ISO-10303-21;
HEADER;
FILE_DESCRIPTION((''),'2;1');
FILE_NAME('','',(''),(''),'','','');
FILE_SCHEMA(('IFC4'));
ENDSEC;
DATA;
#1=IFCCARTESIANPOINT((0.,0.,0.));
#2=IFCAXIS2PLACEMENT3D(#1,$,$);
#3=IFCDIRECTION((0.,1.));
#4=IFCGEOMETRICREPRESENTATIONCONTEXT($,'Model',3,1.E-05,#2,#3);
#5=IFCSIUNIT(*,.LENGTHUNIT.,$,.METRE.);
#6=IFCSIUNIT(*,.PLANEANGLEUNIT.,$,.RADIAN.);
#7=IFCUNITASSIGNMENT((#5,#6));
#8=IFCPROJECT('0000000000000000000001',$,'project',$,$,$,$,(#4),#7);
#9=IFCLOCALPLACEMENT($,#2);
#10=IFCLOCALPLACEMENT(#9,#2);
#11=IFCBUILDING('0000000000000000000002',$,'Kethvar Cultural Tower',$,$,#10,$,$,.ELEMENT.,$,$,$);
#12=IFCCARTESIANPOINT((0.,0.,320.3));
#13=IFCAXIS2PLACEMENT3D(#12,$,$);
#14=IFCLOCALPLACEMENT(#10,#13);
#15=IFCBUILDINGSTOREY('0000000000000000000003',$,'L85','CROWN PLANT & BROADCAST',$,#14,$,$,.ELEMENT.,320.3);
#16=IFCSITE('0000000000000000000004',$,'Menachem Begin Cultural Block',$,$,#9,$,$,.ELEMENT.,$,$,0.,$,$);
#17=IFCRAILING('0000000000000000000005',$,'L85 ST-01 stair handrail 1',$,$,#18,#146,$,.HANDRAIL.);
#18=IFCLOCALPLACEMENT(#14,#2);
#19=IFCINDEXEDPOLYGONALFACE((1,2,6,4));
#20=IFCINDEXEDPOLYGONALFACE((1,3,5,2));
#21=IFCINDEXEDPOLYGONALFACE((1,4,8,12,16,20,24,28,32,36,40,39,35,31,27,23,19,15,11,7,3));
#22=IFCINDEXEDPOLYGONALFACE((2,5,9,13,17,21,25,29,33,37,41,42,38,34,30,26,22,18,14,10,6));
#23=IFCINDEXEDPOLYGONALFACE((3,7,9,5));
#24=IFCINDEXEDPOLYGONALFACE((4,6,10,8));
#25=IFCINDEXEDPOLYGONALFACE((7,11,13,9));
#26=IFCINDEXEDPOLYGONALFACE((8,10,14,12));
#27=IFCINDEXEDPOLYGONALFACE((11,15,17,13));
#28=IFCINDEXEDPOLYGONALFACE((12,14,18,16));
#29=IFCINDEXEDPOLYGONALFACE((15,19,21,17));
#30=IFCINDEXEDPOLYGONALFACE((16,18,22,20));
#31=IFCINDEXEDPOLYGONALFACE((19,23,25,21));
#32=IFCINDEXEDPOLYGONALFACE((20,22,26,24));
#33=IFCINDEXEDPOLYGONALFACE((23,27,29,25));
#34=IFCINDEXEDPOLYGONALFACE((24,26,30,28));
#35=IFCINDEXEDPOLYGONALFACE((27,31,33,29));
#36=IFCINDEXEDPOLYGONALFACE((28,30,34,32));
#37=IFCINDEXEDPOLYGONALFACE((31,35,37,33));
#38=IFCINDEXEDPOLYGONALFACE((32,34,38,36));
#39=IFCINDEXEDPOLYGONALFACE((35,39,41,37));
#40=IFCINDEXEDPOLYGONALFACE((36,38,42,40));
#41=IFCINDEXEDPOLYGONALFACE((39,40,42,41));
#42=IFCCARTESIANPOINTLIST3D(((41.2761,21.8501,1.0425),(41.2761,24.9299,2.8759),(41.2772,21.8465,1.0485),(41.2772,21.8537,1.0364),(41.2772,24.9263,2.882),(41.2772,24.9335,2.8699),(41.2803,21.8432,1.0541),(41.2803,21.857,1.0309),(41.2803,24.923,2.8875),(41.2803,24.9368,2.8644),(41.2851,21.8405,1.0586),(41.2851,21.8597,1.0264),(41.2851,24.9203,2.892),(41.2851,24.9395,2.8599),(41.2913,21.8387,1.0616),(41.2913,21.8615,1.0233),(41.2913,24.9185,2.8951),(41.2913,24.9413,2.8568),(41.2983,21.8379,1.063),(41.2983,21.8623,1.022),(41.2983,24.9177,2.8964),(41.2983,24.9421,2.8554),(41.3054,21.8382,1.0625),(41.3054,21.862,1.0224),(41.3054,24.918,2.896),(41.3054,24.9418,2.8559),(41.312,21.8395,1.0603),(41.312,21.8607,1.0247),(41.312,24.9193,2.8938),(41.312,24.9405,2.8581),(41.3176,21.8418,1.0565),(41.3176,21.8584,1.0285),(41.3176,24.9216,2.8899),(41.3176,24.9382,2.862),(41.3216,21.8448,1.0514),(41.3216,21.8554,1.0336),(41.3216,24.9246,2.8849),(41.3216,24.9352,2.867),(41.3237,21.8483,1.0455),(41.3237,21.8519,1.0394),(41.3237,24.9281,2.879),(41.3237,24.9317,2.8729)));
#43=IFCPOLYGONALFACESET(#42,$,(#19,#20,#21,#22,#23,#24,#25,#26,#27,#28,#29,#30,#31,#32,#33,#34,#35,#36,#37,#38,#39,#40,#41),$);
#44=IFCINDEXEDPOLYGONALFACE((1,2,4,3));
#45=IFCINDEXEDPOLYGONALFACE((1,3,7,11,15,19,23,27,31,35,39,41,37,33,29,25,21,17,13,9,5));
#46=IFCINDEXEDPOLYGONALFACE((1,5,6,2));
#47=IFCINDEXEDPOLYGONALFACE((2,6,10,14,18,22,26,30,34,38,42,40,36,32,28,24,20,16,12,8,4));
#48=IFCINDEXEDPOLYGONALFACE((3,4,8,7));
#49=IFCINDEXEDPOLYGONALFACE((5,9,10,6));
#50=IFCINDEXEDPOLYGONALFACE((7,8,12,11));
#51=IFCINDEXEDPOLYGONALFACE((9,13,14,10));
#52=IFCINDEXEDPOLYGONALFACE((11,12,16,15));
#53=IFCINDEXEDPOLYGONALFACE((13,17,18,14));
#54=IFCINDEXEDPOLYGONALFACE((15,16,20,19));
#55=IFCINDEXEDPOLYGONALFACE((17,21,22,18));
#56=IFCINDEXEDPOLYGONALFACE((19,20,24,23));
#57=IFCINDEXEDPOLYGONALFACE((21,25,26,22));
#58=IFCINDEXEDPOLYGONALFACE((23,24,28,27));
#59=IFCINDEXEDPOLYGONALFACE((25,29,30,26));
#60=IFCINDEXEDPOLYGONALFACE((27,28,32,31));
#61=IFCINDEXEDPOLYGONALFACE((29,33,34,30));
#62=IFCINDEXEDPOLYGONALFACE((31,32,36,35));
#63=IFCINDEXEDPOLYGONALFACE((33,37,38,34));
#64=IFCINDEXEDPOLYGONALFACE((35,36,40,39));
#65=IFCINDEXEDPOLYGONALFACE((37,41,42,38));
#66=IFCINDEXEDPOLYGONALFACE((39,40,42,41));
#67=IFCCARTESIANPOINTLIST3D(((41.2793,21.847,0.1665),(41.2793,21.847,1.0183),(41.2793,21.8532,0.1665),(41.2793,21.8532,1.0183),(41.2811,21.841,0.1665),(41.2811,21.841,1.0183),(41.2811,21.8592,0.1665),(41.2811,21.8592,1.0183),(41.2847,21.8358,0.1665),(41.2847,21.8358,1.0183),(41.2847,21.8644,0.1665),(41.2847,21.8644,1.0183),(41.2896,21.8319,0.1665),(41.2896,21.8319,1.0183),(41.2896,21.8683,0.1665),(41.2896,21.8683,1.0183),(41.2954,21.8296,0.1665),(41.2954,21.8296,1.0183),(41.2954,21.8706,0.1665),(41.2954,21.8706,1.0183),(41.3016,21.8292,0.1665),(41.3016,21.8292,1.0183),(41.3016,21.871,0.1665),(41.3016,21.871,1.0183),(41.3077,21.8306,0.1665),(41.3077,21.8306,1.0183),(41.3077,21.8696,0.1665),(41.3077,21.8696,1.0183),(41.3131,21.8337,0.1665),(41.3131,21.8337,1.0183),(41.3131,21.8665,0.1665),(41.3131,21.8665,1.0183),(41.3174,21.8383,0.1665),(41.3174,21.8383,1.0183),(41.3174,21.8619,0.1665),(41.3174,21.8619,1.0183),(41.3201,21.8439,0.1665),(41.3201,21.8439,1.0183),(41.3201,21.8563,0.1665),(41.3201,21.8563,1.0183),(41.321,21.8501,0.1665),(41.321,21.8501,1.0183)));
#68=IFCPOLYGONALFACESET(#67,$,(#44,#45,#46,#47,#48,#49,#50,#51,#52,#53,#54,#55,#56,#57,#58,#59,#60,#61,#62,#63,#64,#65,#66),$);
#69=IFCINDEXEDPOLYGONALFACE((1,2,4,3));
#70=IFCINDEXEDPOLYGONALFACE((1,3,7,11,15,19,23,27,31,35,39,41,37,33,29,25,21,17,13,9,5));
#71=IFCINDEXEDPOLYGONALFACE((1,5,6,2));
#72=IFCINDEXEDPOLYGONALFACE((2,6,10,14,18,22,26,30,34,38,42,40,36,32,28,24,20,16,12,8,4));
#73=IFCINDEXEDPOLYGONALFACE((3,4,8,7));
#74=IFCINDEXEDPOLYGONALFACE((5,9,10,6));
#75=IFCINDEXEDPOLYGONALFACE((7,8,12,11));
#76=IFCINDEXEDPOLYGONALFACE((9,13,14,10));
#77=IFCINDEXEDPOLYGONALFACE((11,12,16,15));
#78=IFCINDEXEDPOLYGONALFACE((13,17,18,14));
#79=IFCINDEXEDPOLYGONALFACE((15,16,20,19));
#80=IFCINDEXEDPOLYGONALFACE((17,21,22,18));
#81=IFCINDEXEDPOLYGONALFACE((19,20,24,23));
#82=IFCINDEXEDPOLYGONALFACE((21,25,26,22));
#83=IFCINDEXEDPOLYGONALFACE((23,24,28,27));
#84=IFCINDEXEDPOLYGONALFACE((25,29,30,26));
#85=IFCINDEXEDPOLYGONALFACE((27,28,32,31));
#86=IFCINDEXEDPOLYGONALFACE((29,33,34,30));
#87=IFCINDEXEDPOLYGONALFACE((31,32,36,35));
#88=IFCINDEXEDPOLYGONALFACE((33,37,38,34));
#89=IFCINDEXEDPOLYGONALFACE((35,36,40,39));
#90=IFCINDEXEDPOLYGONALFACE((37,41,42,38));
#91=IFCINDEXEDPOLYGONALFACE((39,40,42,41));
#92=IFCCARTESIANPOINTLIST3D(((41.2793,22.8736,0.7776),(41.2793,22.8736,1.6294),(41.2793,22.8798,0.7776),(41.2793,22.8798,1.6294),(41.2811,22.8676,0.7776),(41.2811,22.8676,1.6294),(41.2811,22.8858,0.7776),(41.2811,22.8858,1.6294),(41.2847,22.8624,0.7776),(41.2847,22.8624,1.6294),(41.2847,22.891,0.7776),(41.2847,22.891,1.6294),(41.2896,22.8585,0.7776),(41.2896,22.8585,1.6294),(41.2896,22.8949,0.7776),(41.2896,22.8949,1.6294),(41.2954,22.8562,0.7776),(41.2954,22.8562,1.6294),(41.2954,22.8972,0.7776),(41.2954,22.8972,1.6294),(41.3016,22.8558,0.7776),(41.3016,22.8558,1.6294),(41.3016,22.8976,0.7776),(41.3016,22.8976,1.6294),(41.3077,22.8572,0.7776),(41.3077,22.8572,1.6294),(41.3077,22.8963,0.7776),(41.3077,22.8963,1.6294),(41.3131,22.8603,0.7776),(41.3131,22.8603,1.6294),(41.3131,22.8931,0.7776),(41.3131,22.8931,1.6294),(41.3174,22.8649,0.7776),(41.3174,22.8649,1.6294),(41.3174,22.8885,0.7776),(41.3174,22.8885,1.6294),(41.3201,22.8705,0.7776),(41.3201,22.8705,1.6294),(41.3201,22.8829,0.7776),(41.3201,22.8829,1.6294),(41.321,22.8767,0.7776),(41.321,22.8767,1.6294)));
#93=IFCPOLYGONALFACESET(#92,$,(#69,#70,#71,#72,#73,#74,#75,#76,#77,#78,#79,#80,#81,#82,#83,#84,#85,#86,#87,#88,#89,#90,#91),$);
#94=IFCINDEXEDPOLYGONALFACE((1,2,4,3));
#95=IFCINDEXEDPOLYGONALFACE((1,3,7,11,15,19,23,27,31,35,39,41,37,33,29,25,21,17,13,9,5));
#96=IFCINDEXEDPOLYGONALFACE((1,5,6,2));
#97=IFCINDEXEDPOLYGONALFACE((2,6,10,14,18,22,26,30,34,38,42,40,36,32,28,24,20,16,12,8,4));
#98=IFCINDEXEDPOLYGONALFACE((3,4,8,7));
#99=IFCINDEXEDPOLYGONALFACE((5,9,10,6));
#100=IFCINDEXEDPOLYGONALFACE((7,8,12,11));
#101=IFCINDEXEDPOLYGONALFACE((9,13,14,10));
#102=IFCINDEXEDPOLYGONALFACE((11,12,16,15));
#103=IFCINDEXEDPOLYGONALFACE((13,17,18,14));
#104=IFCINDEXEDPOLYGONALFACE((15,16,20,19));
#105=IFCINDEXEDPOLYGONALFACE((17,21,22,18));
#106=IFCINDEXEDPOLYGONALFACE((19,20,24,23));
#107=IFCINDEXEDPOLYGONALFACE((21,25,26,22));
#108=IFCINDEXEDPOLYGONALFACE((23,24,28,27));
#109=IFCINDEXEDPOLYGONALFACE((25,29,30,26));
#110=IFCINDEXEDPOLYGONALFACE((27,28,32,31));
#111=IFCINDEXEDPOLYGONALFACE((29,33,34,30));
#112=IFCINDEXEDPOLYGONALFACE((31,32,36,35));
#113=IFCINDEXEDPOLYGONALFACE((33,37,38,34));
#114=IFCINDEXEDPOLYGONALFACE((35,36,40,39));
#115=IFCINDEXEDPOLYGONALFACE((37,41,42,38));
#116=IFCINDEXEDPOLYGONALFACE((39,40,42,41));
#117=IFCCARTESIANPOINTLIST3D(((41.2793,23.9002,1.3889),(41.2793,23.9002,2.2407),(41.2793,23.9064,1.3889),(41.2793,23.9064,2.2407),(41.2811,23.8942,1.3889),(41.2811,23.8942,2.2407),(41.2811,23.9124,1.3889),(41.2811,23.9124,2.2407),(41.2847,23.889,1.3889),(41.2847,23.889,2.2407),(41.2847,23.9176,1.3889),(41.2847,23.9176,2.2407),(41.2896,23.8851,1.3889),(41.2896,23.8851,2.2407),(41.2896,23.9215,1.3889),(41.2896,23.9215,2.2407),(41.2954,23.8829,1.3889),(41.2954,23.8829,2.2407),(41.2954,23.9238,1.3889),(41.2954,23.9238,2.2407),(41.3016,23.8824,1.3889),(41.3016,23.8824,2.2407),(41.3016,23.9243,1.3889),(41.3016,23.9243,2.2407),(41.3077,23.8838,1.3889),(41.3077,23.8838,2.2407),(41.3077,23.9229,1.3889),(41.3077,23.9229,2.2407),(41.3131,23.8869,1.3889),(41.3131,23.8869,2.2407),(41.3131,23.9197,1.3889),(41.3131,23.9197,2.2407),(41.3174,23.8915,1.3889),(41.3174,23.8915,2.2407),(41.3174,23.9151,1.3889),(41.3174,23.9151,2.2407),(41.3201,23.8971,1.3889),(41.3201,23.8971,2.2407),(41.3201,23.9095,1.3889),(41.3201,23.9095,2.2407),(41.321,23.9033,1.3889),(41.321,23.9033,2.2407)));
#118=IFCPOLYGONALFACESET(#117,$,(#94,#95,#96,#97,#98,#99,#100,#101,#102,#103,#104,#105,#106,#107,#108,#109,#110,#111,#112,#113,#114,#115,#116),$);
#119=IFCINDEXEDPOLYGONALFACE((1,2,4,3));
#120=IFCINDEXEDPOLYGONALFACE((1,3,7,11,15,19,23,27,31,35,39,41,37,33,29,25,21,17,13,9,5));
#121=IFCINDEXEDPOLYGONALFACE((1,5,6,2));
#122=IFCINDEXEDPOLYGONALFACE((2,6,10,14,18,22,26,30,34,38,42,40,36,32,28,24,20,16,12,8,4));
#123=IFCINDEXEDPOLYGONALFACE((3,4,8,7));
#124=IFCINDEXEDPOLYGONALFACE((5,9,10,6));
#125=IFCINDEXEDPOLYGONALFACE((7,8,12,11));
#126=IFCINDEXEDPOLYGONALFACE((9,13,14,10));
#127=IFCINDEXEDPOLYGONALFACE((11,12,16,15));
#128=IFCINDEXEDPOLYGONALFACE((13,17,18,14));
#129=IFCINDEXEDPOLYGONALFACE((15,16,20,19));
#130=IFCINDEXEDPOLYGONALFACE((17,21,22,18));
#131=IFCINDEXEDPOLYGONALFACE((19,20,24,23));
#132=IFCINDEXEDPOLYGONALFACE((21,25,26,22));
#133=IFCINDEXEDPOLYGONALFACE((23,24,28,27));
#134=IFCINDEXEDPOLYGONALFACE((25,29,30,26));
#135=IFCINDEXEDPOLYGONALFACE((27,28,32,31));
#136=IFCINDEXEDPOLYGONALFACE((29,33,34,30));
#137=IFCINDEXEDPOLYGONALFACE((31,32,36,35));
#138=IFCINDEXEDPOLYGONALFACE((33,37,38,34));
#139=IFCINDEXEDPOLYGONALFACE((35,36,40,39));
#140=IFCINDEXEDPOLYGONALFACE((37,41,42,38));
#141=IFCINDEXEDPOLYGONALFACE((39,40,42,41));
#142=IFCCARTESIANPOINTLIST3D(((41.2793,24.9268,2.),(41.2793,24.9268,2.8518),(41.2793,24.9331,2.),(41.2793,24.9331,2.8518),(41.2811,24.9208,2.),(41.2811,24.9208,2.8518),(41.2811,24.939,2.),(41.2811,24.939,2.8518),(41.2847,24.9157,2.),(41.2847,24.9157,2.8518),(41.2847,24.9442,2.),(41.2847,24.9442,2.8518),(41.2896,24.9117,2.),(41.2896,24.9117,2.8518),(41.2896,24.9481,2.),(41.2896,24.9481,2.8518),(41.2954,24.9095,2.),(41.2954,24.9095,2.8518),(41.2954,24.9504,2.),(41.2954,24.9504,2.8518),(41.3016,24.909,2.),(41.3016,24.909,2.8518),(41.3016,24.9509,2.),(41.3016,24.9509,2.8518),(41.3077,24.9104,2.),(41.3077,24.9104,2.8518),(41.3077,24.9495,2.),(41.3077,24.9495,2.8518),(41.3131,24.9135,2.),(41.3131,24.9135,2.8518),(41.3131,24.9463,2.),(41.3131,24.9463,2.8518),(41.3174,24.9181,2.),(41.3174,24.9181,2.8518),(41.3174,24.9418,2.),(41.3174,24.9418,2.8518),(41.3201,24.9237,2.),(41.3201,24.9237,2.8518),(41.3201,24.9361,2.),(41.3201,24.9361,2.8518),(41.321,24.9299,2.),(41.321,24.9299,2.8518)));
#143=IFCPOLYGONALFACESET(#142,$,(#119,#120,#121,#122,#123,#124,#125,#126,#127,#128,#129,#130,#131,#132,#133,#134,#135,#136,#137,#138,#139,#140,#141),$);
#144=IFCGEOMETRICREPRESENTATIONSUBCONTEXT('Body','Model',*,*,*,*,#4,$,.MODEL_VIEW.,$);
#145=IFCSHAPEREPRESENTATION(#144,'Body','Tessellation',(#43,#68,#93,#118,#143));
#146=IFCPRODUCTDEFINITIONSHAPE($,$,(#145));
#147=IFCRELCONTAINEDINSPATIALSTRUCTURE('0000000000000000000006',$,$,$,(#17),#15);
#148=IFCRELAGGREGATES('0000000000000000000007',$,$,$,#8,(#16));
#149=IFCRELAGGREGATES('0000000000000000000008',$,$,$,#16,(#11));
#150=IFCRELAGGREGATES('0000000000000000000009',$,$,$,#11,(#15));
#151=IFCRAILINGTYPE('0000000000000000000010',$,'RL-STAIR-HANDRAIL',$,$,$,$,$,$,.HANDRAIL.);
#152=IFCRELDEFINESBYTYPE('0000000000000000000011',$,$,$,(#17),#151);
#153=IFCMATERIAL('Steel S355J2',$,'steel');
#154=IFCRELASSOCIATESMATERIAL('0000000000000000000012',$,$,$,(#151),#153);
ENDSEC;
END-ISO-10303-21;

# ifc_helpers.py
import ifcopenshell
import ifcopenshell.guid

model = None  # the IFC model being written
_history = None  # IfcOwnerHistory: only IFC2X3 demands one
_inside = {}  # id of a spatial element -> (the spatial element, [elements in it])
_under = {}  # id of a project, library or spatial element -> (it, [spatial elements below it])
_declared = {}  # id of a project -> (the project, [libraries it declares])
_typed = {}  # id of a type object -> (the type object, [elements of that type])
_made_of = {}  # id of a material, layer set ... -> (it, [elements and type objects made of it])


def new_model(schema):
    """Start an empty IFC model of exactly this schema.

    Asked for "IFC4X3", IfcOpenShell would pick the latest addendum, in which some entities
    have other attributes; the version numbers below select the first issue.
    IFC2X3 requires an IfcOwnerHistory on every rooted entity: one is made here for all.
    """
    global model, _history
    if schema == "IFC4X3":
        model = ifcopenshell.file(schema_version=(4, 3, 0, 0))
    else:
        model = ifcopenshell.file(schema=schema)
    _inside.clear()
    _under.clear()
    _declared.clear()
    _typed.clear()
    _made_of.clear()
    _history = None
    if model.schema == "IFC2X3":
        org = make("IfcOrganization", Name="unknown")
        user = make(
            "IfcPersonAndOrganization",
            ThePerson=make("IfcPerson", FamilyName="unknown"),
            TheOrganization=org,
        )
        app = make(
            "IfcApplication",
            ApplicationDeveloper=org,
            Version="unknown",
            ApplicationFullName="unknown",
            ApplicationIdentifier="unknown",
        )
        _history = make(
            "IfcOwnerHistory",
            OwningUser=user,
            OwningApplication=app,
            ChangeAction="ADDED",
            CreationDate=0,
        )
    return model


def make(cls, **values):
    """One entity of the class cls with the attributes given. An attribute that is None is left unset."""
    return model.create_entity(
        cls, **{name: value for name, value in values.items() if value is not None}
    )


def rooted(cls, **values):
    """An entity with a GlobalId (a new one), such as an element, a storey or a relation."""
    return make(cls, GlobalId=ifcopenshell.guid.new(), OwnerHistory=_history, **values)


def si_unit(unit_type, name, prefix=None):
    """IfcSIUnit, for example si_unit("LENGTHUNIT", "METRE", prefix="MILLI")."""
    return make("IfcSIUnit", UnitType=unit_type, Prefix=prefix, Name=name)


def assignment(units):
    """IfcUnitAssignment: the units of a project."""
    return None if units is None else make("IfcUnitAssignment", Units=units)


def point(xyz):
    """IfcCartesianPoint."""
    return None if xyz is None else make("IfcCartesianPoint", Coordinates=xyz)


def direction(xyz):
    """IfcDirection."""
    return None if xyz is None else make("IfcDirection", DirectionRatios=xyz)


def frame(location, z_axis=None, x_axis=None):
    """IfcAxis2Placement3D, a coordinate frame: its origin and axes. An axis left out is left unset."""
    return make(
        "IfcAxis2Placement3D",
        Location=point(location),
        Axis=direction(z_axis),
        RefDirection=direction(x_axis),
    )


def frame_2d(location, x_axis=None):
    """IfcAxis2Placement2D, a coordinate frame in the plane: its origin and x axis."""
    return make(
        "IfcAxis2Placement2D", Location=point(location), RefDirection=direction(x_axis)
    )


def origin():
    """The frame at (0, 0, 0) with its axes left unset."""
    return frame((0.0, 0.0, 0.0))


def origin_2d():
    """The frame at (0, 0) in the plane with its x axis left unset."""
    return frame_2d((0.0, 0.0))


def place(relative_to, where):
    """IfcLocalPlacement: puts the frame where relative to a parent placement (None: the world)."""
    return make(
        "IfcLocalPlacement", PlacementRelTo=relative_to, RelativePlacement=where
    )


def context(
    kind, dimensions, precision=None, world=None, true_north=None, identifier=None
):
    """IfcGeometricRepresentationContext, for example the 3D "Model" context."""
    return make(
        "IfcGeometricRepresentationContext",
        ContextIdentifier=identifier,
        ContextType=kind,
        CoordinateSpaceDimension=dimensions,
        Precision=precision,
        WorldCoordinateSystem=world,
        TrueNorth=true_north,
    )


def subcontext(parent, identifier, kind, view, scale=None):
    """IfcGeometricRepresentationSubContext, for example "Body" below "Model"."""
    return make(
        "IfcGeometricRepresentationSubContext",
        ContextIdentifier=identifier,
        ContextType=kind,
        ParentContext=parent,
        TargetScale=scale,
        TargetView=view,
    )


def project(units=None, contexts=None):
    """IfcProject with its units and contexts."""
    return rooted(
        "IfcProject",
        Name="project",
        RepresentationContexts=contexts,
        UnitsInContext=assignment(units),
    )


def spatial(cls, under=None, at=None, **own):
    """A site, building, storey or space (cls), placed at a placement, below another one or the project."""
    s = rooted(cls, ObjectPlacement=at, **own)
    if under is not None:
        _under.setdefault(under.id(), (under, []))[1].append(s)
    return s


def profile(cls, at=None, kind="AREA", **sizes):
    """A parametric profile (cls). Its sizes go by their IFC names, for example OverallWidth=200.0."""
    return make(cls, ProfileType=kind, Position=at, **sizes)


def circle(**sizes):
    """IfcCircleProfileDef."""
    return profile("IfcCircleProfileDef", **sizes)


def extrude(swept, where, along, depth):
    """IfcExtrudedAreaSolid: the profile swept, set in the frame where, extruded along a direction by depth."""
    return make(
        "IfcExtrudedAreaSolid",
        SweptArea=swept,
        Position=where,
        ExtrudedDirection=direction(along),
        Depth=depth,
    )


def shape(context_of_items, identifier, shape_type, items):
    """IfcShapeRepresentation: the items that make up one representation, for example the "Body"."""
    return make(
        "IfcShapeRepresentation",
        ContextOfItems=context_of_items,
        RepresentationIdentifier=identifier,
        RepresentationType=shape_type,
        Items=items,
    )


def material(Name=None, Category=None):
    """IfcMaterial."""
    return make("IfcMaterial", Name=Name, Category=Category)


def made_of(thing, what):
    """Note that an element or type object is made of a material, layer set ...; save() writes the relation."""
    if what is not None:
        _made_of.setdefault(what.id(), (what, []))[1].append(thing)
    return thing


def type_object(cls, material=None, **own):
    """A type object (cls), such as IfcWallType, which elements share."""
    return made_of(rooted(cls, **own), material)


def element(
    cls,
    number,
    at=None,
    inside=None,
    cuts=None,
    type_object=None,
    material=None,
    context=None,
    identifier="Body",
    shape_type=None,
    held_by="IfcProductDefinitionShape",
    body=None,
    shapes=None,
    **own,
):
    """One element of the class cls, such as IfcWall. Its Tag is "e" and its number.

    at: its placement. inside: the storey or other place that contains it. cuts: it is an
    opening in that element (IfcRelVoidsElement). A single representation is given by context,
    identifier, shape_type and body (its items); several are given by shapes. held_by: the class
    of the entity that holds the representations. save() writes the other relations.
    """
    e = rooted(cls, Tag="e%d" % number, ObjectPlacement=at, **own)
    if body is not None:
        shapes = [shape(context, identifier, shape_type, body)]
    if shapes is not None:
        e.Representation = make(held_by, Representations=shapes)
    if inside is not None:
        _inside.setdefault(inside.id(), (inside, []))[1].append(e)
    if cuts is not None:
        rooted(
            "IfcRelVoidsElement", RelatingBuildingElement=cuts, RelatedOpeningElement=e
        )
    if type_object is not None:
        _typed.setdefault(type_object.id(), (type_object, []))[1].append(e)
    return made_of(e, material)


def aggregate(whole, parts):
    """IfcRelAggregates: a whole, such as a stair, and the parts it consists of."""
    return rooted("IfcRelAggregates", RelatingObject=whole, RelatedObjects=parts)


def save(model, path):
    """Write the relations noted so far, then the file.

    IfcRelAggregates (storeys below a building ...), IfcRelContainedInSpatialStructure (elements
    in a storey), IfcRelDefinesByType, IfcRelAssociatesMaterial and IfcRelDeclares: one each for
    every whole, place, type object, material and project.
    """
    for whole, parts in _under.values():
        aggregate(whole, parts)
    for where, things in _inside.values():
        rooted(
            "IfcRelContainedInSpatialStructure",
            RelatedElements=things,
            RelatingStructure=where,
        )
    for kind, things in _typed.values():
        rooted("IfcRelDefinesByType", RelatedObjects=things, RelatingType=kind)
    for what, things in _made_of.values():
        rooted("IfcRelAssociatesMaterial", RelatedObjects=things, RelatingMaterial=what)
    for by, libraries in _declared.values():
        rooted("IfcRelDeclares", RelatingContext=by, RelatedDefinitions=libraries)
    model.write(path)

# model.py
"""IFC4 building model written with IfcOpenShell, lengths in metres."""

from ifc_helpers import new_model, si_unit, direction, frame, origin, origin_2d, place, context, subcontext, project, spatial, circle, extrude, material, type_object, element, save


model = new_model("IFC4")

# Units and contexts
model_context = context("Model", 3, precision=1e-05, world=origin(), true_north=direction((0.0, 1.0)))
body_context = subcontext(model_context, "Body", "Model", "MODEL_VIEW")
ifc_project = project(units=[si_unit("LENGTHUNIT", "METRE"), si_unit("PLANEANGLEUNIT", "RADIAN")], contexts=[model_context])

# Site, building, storey
site_placement = place(None, origin())
site = spatial("IfcSite", under=ifc_project, at=site_placement, Name="Menachem Begin Cultural Block", CompositionType="ELEMENT", RefElevation=0.0)
building_placement = place(site_placement, origin())
building = spatial("IfcBuilding", under=site, at=building_placement, Name="Kethvar Cultural Tower", CompositionType="ELEMENT")
storey_placement = place(building_placement, frame((0.0, 0.0, 320.3)))
storey = spatial("IfcBuildingStorey", under=building, at=storey_placement, Name="L85", Description="CROWN PLANT & BROADCAST", CompositionType="ELEMENT", Elevation=320.3)

# Shared definitions
ifc_material_1 = material(Name="Steel S355J2", Category="steel")

# Railing
railing_type_1 = type_object("IfcRailingType", Name="RL-STAIR-HANDRAIL", PredefinedType="HANDRAIL", material=ifc_material_1)
railing_1_placement = place(storey_placement, frame((41.3, 21.8501, 0.1665)))
element("IfcRailing", 1, at=railing_1_placement, inside=storey, type_object=railing_type_1, Name="L85 ST-01 stair handrail 1", PredefinedType="HANDRAIL", context=body_context, shape_type="SweptSolid", body=[
    extrude(circle(Radius=0.0239, at=origin_2d()), frame((0.0, 0.0, 0.876), z_axis=(0.0, 0.859261, 0.511538), x_axis=(-1.0, 0.0, 0.0)), (0.0, 0.0, 1.0), 3.5842),
    extrude(circle(Radius=0.021, at=origin_2d()), origin(), (0.0, 0.0, 1.0), 0.8518),
    extrude(circle(Radius=0.021, at=origin_2d()), frame((0.0, 1.0266, 0.6111)), (0.0, 0.0, 1.0), 0.8518),
    extrude(circle(Radius=0.021, at=origin_2d()), frame((0.0, 2.0532, 1.2224)), (0.0, 0.0, 1.0), 0.8518),
    extrude(circle(Radius=0.021, at=origin_2d()), frame((0.0, 3.0798, 1.8335)), (0.0, 0.0, 1.0), 0.8518),
])

save(model, "model.ifc")
